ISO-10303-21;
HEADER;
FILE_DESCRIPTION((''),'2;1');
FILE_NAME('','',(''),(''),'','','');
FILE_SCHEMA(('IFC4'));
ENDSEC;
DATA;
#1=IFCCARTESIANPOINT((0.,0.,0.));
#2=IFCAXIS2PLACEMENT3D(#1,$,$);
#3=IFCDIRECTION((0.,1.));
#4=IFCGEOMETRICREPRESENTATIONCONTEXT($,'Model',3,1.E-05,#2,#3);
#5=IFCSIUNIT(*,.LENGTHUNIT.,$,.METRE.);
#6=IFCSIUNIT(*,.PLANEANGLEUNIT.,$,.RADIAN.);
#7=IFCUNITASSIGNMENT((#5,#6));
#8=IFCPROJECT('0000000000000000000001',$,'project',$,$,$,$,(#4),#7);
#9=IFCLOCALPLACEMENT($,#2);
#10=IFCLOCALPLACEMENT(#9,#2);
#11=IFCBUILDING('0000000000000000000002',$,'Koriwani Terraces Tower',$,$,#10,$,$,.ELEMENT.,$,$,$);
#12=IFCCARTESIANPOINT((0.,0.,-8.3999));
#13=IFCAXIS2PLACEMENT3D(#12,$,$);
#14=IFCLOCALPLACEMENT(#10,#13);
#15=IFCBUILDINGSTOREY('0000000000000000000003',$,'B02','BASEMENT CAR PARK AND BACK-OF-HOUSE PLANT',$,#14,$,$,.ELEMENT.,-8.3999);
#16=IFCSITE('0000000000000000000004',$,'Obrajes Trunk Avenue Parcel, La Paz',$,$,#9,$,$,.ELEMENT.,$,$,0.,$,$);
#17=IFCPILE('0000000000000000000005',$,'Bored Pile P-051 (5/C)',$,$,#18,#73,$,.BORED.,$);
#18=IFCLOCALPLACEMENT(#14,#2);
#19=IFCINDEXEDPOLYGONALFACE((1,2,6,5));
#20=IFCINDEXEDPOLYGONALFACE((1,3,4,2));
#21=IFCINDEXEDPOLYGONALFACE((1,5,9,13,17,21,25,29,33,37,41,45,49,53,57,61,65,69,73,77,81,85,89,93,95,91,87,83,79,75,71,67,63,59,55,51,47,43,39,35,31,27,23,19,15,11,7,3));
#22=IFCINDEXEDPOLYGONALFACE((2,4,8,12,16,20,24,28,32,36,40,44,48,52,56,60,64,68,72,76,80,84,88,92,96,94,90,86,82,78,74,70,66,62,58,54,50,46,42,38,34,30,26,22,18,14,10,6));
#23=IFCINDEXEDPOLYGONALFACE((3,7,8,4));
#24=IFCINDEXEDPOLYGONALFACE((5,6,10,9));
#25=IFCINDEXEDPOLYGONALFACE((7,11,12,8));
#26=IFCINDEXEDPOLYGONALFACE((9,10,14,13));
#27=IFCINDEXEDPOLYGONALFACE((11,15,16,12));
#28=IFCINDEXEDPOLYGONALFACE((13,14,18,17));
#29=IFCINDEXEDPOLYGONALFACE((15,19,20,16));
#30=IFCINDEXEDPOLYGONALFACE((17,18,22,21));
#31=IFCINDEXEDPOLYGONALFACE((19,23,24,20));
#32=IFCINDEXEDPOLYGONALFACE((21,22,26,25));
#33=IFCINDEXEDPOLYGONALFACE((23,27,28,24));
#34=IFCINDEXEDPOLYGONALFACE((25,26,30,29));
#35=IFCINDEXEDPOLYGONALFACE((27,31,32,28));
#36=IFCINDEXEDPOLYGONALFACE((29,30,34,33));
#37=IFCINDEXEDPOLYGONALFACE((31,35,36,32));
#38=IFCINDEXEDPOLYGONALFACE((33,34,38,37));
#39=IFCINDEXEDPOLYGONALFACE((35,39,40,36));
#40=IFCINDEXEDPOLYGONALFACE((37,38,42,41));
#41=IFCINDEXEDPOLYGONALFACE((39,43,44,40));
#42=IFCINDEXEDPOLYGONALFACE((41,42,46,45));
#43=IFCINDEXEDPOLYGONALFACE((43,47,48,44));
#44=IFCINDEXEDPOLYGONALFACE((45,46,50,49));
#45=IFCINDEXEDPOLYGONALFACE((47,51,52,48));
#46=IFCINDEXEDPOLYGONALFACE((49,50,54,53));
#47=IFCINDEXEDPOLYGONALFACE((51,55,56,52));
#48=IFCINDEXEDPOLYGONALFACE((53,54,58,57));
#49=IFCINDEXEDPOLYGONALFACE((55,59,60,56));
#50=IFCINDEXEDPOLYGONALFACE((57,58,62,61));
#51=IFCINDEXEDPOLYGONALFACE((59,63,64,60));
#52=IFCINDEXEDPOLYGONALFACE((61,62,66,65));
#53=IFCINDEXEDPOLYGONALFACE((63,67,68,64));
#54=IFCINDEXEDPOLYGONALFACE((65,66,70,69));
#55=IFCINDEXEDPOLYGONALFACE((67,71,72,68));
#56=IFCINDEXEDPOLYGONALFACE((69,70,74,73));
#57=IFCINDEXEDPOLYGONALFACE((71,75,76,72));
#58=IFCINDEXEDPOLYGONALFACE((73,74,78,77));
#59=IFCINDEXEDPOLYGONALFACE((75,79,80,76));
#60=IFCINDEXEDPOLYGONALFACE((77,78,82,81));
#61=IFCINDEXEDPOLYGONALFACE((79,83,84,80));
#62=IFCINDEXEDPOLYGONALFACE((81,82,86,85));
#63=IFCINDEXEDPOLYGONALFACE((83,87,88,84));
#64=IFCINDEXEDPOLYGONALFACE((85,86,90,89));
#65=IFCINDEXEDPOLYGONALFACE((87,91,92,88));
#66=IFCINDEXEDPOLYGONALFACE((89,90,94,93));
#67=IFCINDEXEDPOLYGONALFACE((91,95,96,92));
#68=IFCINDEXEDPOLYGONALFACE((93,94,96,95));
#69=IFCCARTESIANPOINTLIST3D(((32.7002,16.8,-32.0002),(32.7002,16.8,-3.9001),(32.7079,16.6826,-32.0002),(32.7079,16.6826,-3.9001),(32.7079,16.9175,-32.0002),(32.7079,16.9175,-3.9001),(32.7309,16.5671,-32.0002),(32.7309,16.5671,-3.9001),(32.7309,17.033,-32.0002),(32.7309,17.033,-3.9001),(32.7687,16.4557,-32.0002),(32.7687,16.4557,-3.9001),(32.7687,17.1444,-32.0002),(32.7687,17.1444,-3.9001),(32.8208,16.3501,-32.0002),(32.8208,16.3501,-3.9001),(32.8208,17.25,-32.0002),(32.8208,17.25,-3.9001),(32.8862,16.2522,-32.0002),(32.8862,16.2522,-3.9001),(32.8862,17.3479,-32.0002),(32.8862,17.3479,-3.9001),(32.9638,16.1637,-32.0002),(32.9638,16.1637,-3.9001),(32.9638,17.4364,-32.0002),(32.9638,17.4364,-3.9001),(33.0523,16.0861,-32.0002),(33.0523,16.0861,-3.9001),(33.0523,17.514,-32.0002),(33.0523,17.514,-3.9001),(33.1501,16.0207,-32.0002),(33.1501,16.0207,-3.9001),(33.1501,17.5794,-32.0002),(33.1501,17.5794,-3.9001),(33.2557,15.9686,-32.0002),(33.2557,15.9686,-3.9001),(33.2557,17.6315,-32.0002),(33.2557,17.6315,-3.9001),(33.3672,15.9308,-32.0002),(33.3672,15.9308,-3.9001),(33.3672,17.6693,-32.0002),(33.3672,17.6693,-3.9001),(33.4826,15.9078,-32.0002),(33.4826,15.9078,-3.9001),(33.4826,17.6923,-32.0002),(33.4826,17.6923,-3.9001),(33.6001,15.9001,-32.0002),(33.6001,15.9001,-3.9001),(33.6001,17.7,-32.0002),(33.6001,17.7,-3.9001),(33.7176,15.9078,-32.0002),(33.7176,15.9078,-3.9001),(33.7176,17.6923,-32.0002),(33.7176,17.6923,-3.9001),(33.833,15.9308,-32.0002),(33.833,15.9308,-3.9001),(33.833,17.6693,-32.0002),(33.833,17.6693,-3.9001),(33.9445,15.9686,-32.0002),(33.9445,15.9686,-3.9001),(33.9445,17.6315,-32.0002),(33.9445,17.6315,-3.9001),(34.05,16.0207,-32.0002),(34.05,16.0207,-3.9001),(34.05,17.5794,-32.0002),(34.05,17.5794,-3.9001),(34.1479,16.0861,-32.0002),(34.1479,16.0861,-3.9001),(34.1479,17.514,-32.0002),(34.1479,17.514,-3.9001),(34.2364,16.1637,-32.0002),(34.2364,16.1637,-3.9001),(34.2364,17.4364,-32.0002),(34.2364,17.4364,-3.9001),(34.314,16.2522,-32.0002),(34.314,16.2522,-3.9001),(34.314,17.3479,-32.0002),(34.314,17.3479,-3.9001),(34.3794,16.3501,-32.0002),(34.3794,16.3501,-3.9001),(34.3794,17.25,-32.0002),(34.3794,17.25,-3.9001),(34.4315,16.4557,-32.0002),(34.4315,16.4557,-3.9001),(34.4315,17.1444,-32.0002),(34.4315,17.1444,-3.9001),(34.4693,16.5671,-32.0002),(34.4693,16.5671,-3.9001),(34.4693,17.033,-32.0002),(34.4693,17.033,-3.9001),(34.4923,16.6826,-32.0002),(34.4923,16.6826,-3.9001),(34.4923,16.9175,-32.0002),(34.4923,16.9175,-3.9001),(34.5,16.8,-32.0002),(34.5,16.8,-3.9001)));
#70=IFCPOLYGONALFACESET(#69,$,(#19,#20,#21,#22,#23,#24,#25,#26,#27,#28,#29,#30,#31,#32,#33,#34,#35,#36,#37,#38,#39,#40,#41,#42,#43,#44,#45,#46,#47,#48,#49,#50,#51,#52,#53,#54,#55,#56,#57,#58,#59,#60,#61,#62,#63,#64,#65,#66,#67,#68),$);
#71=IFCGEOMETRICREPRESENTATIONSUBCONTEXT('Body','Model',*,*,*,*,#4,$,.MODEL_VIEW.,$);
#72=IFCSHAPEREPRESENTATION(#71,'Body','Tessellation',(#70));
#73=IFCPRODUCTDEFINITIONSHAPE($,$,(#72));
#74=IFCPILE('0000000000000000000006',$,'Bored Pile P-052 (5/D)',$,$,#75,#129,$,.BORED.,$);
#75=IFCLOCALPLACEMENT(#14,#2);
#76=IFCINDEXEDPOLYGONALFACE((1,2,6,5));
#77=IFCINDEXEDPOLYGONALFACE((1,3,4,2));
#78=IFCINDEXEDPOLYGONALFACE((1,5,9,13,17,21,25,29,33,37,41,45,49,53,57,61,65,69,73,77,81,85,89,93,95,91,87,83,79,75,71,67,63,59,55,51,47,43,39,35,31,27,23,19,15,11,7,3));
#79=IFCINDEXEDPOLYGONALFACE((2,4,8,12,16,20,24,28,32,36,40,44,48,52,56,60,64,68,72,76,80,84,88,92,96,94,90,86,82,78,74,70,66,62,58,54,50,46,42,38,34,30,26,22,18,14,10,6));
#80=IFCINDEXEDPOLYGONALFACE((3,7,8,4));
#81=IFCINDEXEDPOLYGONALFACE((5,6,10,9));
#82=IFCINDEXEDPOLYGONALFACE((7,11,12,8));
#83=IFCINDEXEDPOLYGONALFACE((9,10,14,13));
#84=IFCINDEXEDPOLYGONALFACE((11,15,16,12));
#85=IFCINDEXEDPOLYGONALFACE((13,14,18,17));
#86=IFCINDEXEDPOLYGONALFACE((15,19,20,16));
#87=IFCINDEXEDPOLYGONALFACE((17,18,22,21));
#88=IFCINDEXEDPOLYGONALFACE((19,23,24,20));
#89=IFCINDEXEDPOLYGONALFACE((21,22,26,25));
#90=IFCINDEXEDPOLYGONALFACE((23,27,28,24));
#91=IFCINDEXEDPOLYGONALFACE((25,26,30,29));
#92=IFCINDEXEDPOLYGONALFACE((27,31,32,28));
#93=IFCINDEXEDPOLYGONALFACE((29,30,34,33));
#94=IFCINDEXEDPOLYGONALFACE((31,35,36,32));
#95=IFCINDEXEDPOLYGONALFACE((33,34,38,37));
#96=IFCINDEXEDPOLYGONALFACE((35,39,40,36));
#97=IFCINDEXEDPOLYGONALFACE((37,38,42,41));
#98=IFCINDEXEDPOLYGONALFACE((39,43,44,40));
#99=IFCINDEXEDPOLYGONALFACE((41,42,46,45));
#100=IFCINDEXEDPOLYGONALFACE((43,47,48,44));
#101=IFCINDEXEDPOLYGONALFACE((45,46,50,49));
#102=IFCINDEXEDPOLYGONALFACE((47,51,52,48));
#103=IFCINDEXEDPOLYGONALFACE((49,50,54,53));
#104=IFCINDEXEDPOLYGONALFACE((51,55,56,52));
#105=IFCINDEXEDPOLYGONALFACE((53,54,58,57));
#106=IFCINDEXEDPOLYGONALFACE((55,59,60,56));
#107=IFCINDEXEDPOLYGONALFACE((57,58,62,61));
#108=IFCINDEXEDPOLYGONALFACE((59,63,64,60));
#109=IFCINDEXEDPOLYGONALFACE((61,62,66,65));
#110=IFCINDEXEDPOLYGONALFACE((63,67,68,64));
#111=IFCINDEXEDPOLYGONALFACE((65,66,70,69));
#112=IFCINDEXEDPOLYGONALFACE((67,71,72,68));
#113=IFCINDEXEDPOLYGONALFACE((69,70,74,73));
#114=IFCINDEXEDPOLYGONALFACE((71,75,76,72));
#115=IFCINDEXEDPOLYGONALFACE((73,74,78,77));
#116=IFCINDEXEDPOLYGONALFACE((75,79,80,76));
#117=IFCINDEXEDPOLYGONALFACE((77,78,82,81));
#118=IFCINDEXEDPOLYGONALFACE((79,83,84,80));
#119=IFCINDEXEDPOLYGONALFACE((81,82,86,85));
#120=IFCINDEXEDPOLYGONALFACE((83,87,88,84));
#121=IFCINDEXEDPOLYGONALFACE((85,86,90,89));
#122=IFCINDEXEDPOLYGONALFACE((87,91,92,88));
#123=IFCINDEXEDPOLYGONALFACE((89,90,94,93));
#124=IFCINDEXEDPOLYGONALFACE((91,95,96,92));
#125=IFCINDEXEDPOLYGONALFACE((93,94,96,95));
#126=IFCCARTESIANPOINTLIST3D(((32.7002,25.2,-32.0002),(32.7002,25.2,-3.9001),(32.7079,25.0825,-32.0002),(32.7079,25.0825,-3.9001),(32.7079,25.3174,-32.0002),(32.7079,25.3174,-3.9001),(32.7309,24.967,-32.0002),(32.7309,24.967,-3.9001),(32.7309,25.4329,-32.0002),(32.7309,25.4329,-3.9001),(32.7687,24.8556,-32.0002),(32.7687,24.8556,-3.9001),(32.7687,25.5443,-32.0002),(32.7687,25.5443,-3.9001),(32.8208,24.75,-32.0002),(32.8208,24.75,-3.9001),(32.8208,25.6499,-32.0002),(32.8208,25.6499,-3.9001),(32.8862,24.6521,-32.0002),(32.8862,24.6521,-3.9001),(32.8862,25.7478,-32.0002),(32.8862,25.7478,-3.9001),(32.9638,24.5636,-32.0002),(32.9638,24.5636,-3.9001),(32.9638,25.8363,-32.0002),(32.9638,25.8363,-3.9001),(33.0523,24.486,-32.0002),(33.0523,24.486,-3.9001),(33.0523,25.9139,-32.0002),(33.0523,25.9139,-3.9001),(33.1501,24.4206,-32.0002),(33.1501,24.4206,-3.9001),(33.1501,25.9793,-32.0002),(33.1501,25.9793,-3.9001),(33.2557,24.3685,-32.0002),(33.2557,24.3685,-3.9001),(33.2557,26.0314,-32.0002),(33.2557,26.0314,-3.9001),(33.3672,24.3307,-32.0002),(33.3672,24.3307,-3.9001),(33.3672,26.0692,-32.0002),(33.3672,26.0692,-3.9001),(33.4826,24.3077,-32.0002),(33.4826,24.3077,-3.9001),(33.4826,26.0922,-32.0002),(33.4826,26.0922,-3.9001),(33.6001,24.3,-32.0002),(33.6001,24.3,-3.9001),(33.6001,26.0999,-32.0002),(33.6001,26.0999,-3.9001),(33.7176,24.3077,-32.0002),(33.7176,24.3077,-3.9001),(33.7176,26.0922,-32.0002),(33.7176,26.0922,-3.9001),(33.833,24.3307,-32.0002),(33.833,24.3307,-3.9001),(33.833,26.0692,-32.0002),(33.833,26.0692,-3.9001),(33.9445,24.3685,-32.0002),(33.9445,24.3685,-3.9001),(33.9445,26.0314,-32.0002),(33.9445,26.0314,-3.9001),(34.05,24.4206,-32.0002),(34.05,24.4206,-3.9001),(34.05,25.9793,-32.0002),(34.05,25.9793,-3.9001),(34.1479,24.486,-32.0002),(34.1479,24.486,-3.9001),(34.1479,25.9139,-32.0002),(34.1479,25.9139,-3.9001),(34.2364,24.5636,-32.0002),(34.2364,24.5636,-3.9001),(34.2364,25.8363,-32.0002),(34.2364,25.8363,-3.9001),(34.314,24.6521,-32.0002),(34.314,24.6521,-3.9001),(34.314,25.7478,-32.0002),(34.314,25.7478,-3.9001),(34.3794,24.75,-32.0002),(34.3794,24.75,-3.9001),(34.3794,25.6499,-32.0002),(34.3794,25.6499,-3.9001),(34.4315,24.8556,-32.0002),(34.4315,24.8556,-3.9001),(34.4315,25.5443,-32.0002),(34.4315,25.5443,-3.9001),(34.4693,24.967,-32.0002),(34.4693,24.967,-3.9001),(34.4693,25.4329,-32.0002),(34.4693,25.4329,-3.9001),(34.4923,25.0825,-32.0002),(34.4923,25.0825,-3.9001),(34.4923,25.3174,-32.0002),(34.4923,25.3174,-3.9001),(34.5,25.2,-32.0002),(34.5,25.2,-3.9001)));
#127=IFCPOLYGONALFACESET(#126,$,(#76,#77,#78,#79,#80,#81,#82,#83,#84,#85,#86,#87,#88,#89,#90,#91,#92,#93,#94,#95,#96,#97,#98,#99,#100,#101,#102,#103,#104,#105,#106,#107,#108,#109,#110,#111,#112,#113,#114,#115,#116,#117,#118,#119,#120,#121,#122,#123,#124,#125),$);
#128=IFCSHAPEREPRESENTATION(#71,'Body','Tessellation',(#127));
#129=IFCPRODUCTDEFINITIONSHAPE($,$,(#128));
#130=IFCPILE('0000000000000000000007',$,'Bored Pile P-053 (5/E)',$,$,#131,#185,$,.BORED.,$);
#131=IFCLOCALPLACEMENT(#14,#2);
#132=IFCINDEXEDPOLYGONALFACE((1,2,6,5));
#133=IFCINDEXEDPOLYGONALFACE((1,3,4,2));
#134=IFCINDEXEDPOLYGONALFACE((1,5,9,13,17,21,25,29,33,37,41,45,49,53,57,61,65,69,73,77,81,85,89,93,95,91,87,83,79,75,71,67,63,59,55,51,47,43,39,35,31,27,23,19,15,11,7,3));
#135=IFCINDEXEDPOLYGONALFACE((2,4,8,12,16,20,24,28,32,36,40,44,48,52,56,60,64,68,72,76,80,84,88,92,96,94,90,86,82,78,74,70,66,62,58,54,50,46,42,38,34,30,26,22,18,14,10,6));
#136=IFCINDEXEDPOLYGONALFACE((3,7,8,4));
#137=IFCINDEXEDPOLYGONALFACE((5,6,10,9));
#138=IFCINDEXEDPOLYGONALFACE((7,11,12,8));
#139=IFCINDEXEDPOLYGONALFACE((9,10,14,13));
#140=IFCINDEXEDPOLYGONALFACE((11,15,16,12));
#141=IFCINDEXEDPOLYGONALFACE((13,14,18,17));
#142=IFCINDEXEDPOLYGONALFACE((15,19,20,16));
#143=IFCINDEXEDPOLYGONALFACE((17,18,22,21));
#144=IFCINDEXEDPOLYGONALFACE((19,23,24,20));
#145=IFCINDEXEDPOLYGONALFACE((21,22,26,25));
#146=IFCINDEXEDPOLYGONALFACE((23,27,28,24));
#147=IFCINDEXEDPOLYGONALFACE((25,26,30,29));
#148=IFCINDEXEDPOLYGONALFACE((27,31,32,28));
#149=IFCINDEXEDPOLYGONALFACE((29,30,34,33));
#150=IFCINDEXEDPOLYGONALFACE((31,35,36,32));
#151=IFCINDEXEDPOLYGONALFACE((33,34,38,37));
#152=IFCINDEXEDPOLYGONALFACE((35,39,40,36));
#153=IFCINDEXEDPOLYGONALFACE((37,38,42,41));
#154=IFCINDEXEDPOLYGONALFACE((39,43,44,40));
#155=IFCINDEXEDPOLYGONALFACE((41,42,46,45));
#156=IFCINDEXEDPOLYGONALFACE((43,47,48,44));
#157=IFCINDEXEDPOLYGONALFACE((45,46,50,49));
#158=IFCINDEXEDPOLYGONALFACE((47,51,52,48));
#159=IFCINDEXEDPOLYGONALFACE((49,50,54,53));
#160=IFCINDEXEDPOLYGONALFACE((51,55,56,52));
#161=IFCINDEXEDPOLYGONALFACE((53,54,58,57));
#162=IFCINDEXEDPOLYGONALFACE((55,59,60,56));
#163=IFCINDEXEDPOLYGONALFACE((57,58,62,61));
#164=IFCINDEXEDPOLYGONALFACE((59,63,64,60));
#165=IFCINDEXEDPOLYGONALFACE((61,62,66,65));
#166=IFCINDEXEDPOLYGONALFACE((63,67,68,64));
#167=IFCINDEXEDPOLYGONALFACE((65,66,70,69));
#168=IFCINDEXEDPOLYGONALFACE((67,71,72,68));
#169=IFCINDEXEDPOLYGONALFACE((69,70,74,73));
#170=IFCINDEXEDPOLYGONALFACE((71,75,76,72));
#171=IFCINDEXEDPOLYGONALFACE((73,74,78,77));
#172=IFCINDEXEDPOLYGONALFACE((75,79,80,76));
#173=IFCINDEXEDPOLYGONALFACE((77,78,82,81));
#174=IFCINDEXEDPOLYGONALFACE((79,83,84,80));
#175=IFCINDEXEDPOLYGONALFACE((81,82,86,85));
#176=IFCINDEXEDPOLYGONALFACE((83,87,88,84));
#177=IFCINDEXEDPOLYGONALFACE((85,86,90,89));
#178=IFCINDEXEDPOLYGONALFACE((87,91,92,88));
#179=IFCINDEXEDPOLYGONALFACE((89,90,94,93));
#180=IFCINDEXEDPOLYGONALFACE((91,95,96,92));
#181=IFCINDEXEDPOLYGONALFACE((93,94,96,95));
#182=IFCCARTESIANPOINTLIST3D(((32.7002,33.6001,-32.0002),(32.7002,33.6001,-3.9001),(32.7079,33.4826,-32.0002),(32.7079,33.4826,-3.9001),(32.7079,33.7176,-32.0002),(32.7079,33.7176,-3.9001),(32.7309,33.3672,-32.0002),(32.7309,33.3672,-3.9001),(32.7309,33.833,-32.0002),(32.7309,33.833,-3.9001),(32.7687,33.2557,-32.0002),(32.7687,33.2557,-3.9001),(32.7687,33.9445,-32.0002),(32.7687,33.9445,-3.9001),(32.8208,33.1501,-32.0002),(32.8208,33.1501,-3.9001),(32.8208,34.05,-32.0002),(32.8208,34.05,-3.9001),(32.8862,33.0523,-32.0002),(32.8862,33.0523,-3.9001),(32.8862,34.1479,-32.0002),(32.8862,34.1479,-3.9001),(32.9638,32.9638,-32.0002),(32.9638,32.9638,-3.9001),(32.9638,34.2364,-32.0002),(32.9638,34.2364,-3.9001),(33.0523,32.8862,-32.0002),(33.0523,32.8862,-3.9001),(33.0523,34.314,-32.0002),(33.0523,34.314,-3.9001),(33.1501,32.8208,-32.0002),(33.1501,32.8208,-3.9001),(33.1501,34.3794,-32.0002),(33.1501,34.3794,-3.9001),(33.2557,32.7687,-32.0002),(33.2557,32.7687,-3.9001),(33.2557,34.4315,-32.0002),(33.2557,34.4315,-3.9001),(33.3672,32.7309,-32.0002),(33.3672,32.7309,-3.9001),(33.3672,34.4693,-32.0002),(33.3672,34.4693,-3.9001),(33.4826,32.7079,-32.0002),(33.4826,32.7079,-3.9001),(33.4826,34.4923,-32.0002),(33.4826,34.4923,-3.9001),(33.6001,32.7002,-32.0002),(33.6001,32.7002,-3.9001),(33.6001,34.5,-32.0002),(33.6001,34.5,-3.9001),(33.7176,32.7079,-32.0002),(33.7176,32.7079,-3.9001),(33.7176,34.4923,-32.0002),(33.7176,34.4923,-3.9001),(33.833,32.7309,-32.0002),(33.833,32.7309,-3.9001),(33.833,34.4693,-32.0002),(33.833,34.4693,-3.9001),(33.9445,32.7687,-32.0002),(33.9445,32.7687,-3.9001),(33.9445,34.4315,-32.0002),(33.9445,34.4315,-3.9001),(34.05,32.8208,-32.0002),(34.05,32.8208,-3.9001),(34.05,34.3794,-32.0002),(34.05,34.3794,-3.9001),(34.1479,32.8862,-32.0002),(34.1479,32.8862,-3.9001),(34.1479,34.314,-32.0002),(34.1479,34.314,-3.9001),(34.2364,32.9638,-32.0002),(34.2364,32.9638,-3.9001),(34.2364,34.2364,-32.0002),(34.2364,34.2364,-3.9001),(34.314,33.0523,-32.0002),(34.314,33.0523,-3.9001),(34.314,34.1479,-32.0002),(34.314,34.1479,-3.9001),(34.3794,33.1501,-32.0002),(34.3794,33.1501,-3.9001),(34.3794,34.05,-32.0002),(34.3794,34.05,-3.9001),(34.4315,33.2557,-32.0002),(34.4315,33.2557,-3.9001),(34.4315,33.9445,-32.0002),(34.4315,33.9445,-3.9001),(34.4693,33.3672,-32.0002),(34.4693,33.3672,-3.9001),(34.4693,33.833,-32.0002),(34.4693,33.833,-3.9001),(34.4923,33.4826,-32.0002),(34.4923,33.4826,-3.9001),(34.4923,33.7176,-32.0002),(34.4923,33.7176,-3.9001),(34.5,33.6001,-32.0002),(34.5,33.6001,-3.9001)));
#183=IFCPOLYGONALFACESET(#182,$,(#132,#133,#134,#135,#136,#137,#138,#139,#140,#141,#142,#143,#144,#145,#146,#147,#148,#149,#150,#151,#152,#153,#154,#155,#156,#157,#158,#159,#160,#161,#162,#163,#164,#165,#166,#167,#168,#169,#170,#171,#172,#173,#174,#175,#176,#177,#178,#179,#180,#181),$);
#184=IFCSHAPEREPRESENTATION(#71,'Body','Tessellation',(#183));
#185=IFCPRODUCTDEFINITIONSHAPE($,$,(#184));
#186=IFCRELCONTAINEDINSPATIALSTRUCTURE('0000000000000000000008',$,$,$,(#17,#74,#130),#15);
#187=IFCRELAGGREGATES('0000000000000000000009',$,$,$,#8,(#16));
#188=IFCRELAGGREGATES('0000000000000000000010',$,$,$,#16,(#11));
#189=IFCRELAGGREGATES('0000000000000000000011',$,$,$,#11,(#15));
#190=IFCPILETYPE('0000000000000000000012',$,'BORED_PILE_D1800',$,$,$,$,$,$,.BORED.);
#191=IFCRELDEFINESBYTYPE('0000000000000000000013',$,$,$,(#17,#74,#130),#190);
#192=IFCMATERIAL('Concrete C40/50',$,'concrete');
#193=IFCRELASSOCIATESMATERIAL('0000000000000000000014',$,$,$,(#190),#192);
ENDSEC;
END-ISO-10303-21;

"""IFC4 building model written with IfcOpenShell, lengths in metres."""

from ifc_helpers import new_model, si_unit, direction, frame, origin, origin_2d, place, context, subcontext, project, spatial, circle, extrude, material, material_profile, profile_set, type_object, element, save


model = new_model("IFC4")

# Units and contexts
model_context = context("Model", 3, precision=1e-05, world=origin(), true_north=direction((0.0, 1.0)))
body_context = subcontext(model_context, "Body", "Model", "MODEL_VIEW")
ifc_project = project(units=[si_unit("LENGTHUNIT", "METRE"), si_unit("PLANEANGLEUNIT", "RADIAN")], contexts=[model_context])

# Site, building, storey
site_placement = place(None, origin())
site = spatial("IfcSite", under=ifc_project, at=site_placement, Name="Obrajes Trunk Avenue Parcel, La Paz", CompositionType="ELEMENT", RefElevation=0.0)
building_placement = place(site_placement, origin())
building = spatial("IfcBuilding", under=site, at=building_placement, Name="Koriwani Terraces Tower", CompositionType="ELEMENT")
storey_placement = place(building_placement, frame((0.0, 0.0, -8.3999)))
storey = spatial("IfcBuildingStorey", under=building, at=storey_placement, Name="B02", Description="BASEMENT CAR PARK AND BACK-OF-HOUSE PLANT", CompositionType="ELEMENT", Elevation=-8.3999)

# Piles
ifc_material_1 = material(Name="Concrete C40/50", Category="concrete")
ifc_material_profile_1 = material_profile(ifc_material_1, circle(Radius=0.8999, at=origin_2d()), Name="Concrete C40/50")
ifc_profile_set_1 = profile_set([ifc_material_profile_1], Name="Concrete C40/50")
pile_type = type_object("IfcPileType", Name="BORED_PILE_D1800", PredefinedType="BORED", material=ifc_profile_set_1)
for number, where, z_axis, x_axis, name in (
    (1, (33.6001, 16.8, -3.9001), (0.0, 0.0, -1.0), (1.0, 0.0, 0.0), "Bored Pile P-051 (5/C)"),
    (2, (33.6001, 25.2, -3.9001), (0.0, 0.0, -1.0), (1.0, 0.0, 0.0), "Bored Pile P-052 (5/D)"),
    (3, (33.6001, 33.6001, -3.9001), (0.0, 0.0, -1.0), (1.0, 0.0, 0.0), "Bored Pile P-053 (5/E)"),
):
    element("IfcPile", number, at=place(storey_placement, frame(where, z_axis=z_axis, x_axis=x_axis)), inside=storey, type_object=pile_type, Name=name, PredefinedType="BORED", context=body_context, shape_type="SweptSolid", body=[
        extrude(circle(Radius=0.8999, at=origin_2d()), origin(), (0.0, 0.0, 1.0), 28.1001),
    ])

save(model, "model.ifc")
